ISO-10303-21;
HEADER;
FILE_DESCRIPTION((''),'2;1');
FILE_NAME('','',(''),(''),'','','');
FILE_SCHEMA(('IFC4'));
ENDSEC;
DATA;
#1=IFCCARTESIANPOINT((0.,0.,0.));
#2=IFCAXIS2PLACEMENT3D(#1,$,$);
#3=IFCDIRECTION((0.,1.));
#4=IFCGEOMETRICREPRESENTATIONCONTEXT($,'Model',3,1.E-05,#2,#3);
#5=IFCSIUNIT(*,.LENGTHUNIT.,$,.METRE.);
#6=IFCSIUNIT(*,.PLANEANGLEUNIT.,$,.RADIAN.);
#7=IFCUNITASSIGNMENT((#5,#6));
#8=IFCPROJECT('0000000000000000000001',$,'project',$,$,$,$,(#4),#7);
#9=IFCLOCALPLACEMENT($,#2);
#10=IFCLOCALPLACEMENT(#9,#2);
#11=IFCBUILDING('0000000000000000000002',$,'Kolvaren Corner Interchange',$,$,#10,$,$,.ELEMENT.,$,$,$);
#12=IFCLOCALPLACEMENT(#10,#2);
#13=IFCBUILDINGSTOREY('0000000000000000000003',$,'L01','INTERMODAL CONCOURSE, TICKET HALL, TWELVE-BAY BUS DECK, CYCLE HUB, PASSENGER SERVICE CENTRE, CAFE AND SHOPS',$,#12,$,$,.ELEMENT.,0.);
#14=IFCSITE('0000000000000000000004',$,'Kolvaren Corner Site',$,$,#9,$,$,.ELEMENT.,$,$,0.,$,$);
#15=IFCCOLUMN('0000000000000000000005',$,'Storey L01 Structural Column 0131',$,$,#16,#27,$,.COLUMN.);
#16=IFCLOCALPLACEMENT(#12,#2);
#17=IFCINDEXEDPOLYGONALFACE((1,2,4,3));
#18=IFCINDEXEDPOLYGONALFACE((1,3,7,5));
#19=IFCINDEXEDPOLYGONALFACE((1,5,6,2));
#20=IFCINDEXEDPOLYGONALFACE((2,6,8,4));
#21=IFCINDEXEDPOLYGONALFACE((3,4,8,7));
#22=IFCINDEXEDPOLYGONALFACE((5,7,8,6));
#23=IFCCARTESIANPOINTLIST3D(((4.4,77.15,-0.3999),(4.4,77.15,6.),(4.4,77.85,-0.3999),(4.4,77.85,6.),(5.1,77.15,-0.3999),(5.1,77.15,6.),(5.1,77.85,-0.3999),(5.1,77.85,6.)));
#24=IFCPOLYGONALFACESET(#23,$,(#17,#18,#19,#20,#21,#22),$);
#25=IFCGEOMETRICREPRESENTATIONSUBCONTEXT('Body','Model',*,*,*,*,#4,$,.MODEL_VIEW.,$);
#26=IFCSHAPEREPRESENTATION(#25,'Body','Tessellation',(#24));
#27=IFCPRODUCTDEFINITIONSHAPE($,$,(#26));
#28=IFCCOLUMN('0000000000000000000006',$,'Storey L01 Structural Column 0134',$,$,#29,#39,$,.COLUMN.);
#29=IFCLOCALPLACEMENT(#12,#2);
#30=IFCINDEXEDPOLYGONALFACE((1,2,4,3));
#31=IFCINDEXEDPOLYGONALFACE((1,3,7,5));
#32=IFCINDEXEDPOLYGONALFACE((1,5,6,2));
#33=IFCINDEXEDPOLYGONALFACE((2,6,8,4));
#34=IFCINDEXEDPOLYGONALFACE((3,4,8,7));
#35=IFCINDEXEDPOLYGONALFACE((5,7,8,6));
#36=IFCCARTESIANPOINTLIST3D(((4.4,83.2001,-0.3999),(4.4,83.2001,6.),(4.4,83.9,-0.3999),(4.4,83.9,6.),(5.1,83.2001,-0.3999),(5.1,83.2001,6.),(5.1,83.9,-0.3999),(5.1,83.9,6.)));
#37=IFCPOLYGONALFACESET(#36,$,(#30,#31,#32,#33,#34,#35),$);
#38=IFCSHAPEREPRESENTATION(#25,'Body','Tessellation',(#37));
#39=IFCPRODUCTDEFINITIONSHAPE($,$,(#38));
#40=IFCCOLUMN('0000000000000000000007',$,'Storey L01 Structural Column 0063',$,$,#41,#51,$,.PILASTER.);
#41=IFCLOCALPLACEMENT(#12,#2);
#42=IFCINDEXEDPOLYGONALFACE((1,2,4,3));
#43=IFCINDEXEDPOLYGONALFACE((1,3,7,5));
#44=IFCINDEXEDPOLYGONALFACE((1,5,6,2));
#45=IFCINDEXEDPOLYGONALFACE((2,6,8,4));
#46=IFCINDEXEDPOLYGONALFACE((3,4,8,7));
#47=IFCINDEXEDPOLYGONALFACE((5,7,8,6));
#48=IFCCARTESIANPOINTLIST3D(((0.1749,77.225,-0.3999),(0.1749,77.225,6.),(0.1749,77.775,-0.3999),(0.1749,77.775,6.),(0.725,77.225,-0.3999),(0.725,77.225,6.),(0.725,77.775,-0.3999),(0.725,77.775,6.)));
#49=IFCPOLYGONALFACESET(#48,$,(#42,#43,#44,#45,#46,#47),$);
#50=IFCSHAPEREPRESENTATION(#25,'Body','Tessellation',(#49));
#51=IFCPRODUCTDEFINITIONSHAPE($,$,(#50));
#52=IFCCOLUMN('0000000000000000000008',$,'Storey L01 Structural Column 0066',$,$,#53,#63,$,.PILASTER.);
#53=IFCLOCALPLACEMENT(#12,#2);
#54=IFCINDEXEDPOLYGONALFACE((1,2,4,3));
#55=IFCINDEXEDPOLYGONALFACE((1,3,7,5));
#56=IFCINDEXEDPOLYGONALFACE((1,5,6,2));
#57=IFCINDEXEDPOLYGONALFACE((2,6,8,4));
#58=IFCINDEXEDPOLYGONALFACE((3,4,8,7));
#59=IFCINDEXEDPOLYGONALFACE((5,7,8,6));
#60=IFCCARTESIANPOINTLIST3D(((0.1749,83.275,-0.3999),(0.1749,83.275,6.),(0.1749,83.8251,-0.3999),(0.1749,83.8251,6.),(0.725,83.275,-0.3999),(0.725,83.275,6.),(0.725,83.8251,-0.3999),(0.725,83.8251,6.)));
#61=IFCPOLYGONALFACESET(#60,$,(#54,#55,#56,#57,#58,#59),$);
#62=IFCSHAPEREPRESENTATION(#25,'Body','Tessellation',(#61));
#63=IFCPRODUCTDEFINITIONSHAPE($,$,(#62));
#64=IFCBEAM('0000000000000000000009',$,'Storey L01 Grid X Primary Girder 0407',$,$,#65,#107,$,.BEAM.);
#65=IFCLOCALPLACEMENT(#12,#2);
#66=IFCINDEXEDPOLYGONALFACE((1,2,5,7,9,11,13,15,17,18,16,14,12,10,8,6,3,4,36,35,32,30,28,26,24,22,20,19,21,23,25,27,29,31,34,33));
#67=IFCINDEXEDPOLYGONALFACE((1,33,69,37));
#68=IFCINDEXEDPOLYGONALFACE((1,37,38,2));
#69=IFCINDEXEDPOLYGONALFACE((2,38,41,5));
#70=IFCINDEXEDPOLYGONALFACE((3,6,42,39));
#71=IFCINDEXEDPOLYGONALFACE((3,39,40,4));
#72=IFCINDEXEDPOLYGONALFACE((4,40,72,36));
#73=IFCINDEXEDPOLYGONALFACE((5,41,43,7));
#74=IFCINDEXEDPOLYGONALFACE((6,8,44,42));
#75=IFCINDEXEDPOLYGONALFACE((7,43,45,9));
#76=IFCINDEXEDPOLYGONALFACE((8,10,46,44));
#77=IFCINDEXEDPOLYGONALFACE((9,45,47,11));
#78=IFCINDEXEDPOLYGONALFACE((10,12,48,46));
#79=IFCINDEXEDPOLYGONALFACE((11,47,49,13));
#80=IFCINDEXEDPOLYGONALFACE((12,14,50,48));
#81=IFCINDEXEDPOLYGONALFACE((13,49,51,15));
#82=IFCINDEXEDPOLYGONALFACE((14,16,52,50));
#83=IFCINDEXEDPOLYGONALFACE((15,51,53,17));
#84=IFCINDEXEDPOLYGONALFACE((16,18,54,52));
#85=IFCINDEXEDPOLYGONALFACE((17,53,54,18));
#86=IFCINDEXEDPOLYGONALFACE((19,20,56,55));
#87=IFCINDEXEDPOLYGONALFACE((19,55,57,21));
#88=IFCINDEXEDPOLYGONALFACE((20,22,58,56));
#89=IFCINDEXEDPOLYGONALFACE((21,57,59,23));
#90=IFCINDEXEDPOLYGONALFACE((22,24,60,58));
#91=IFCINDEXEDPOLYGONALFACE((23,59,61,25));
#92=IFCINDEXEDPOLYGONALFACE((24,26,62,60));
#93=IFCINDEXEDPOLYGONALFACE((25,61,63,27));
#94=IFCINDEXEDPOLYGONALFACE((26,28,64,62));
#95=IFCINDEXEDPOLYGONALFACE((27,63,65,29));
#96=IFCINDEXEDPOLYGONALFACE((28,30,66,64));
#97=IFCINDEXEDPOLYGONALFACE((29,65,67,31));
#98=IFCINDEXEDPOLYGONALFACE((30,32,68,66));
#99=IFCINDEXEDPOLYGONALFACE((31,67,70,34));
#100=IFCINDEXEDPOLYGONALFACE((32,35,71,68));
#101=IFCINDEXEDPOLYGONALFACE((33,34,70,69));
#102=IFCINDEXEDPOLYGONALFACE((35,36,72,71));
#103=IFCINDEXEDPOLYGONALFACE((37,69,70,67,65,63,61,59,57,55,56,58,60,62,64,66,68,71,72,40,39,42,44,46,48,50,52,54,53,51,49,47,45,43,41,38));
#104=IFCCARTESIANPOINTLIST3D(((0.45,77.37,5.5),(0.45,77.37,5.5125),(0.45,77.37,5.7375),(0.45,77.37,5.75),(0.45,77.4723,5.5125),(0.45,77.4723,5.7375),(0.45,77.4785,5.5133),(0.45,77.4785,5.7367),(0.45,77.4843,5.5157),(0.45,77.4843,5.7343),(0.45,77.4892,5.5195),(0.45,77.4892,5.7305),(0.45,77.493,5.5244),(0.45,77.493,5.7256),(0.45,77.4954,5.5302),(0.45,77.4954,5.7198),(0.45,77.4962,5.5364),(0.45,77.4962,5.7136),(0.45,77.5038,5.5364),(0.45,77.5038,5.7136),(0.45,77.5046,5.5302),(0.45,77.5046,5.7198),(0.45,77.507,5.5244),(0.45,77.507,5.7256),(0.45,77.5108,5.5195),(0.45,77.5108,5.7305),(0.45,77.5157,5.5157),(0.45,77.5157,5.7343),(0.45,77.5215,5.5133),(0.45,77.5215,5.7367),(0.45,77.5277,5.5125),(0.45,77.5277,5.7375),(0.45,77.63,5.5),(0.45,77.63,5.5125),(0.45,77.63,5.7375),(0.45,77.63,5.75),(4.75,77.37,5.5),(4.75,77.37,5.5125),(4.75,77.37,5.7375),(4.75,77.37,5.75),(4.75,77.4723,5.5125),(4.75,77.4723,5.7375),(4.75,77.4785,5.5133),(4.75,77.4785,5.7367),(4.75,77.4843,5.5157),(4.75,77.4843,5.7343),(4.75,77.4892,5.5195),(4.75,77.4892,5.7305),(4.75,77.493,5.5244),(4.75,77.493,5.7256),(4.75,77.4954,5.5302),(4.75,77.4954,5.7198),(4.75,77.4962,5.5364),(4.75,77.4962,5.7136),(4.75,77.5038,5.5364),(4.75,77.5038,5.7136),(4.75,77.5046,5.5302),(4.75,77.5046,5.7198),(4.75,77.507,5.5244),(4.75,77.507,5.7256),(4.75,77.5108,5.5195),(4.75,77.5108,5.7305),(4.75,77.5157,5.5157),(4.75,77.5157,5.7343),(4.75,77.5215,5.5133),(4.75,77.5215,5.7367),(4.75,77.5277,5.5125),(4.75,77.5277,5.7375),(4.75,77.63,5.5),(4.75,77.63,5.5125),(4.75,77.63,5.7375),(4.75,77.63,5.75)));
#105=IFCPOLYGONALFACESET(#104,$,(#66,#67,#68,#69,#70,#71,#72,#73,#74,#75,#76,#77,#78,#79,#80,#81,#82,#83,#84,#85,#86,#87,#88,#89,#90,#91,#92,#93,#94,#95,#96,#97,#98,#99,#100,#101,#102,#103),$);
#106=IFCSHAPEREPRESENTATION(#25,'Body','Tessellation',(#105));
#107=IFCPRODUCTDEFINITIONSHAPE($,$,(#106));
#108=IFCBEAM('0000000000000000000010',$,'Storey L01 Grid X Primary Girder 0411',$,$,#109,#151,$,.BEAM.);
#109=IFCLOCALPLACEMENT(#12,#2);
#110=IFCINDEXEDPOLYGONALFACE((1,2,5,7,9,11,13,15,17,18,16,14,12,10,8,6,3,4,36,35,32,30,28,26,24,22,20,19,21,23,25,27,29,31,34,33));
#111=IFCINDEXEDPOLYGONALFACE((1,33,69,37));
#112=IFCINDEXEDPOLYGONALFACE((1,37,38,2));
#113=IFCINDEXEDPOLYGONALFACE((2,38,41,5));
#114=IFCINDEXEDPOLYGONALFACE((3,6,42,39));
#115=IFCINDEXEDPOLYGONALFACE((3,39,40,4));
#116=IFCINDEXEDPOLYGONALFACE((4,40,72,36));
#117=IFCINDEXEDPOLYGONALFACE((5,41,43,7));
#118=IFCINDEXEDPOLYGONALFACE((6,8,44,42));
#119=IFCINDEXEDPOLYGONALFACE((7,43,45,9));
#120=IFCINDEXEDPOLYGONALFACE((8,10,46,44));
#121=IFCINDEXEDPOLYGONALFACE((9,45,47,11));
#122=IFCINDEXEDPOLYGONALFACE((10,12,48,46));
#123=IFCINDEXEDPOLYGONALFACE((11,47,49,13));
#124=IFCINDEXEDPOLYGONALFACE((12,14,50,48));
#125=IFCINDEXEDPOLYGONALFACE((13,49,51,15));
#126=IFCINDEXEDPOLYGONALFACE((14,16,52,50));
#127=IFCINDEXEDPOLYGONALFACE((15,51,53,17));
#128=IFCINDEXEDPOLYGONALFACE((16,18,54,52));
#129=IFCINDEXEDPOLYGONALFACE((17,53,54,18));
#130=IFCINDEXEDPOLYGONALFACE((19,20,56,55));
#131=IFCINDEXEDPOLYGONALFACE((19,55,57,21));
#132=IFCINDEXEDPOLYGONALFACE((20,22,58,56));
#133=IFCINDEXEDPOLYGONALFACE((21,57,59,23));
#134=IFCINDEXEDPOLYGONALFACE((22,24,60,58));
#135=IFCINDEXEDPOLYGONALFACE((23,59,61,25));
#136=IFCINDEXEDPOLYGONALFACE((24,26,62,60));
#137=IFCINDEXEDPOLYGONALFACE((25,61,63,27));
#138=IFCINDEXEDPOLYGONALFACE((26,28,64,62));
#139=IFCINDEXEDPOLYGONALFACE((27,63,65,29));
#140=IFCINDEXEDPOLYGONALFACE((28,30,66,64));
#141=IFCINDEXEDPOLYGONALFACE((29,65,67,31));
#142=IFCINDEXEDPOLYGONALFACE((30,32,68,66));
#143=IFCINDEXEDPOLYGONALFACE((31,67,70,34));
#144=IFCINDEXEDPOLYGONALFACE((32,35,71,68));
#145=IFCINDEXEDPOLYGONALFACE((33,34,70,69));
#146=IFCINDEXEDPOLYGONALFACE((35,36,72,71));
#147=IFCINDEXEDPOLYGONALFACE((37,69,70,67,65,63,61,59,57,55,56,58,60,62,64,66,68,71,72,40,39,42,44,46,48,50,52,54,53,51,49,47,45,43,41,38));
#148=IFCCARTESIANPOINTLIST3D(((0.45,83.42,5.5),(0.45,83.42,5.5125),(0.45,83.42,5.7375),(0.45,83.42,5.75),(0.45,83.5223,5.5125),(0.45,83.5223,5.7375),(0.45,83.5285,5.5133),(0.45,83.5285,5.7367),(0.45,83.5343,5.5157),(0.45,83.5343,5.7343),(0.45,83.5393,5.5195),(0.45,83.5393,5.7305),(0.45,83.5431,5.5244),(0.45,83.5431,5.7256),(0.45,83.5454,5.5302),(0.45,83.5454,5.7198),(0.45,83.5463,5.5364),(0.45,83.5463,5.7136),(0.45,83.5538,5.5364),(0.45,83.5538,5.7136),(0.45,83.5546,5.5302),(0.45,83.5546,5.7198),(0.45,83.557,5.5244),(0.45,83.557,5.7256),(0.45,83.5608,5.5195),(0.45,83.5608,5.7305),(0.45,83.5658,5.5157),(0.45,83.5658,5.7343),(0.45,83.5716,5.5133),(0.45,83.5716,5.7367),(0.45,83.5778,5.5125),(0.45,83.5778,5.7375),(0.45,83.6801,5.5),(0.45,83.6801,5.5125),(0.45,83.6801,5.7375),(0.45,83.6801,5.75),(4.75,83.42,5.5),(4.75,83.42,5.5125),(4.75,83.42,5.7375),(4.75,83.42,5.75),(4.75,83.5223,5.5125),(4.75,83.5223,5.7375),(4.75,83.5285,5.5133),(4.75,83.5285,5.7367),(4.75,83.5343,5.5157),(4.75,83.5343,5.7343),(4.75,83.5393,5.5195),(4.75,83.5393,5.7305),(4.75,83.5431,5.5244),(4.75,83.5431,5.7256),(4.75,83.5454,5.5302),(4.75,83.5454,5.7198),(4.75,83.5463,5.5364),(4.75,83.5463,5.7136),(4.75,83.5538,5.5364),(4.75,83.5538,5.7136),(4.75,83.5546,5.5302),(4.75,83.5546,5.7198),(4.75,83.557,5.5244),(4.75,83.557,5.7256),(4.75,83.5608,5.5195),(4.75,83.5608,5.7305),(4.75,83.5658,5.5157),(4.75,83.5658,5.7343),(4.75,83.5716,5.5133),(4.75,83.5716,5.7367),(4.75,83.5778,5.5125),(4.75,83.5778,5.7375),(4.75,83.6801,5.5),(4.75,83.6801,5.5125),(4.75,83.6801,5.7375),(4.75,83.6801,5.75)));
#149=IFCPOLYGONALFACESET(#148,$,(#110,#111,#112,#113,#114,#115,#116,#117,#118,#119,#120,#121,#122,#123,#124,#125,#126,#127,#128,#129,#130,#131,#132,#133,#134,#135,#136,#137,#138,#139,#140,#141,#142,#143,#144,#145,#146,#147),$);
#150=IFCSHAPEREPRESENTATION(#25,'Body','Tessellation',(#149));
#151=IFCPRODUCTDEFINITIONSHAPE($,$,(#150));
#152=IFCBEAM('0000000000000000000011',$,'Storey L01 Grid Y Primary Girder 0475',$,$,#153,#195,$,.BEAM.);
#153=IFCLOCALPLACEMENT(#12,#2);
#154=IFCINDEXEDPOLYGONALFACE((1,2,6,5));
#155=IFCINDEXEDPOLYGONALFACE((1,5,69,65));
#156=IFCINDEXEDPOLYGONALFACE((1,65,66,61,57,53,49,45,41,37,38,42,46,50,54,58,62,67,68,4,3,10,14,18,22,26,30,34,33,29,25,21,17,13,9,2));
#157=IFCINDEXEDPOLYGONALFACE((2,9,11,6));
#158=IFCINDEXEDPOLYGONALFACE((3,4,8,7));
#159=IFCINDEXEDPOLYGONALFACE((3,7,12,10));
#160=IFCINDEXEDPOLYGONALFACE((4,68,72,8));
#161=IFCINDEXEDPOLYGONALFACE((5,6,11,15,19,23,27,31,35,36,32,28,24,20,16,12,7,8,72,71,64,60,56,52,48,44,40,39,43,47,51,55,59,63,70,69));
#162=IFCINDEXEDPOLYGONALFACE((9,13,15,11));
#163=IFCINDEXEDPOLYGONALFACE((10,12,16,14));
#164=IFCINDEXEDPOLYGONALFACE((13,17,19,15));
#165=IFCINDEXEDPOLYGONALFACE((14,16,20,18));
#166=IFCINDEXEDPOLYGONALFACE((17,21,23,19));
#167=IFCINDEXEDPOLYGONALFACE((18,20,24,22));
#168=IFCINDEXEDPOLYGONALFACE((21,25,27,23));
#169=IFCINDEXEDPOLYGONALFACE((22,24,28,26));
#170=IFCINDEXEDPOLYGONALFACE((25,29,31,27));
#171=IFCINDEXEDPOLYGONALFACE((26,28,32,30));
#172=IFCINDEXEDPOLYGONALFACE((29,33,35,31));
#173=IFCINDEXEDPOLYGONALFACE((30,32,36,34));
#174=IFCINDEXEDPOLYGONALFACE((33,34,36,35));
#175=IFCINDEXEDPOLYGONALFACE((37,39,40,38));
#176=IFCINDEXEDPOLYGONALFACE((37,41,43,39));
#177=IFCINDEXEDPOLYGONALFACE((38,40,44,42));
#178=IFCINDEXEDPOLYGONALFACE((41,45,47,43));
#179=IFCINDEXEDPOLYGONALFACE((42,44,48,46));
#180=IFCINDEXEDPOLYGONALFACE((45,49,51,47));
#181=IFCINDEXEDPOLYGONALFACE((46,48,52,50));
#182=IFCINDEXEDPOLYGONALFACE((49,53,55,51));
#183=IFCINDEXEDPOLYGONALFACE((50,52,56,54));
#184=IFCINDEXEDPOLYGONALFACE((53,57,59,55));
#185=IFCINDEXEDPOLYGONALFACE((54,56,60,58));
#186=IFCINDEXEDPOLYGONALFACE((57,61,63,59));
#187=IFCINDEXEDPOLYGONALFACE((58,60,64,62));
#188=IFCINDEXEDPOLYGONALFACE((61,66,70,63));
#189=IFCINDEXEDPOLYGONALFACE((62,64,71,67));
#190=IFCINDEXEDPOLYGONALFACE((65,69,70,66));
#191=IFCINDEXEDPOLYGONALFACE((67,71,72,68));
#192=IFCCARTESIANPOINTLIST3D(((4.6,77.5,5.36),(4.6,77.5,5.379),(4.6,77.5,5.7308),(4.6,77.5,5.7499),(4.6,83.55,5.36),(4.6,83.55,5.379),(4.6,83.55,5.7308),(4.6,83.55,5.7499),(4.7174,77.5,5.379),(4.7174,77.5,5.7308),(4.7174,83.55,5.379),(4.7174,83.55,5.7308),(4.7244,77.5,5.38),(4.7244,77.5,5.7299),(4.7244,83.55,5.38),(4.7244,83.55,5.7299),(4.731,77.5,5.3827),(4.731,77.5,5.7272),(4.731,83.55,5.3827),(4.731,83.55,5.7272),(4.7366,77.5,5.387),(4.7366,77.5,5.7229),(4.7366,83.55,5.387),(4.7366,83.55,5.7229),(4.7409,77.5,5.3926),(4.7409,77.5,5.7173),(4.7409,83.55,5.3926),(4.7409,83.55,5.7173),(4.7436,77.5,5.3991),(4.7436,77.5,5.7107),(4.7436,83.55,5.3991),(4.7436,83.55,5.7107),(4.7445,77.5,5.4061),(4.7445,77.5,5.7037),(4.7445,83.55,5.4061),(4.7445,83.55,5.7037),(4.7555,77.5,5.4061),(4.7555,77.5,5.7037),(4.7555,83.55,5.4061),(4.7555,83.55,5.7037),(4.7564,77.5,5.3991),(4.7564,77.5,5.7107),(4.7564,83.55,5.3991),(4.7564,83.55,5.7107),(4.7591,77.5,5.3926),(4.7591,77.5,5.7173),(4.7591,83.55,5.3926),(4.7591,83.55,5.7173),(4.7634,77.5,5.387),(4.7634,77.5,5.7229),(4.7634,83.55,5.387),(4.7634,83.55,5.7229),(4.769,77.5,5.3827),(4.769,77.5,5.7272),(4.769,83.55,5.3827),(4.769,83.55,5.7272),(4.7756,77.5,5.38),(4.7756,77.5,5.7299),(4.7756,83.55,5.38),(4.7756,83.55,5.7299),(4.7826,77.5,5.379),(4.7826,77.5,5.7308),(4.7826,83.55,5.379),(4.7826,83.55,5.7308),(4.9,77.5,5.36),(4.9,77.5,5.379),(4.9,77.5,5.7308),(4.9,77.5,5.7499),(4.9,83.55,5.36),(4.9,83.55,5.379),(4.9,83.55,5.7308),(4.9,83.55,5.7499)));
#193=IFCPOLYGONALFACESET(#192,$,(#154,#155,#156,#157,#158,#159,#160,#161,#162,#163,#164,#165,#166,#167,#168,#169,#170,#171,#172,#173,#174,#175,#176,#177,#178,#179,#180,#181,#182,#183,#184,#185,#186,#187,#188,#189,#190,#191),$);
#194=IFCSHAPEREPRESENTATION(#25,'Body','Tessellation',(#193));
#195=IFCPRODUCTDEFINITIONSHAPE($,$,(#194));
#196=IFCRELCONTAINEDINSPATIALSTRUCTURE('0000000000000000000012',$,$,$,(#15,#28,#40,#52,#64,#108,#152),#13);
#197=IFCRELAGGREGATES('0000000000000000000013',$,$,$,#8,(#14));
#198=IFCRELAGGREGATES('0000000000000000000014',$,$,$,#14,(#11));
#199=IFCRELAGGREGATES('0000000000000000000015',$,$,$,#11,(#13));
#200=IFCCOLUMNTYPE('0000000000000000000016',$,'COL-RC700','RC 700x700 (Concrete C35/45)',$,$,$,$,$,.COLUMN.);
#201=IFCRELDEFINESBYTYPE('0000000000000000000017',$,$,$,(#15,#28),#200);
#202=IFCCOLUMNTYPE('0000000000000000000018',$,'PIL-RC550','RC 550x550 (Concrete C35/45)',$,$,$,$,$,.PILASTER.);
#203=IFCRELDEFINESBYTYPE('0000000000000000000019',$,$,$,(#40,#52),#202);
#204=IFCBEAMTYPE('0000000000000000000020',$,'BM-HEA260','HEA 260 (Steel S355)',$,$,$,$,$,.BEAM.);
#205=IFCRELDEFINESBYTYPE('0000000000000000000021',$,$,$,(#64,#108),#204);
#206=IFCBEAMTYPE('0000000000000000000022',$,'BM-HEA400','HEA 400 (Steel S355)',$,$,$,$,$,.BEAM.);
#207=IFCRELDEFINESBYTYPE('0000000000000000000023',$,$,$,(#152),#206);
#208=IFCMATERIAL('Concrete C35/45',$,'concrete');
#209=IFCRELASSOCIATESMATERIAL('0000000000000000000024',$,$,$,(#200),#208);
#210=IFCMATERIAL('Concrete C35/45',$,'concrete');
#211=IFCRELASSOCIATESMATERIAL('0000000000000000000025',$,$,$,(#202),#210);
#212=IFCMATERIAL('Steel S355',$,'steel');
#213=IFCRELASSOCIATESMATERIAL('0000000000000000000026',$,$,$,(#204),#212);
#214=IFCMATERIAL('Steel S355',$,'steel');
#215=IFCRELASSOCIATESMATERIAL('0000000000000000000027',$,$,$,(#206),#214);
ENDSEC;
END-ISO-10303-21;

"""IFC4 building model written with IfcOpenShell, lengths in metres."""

from ifc_helpers import new_model, si_unit, direction, frame, origin, origin_2d, place, context, subcontext, project, spatial, rectangle, i_section, extrude, material, material_profile, profile_set, type_object, element, save


model = new_model("IFC4")

# Units and contexts
model_context = context("Model", 3, precision=1e-05, world=origin(), true_north=direction((0.0, 1.0)))
body_context = subcontext(model_context, "Body", "Model", "MODEL_VIEW")
ifc_project = project(units=[si_unit("LENGTHUNIT", "METRE"), si_unit("PLANEANGLEUNIT", "RADIAN")], contexts=[model_context])

# Site, building, storey
site_placement = place(None, origin())
site = spatial("IfcSite", under=ifc_project, at=site_placement, Name="Kolvaren Corner Site", CompositionType="ELEMENT", RefElevation=0.0)
building_placement = place(site_placement, origin())
building = spatial("IfcBuilding", under=site, at=building_placement, Name="Kolvaren Corner Interchange", CompositionType="ELEMENT")
storey_placement = place(building_placement, origin())
storey = spatial("IfcBuildingStorey", under=building, at=storey_placement, Name="L01", Description="INTERMODAL CONCOURSE, TICKET HALL, TWELVE-BAY BUS DECK, CYCLE HUB, PASSENGER SERVICE CENTRE, CAFE AND SHOPS", CompositionType="ELEMENT", Elevation=0.0)

# Columns
ifc_material_1 = material(Name="Concrete C35/45", Category="concrete")
ifc_material_profile_1 = material_profile(ifc_material_1, rectangle(XDim=0.7, YDim=0.7, at=origin_2d()), Name="RC 700x700")
ifc_profile_set_1 = profile_set([ifc_material_profile_1], Name="Concrete C35/45")
column_type_1 = type_object("IfcColumnType", Name="COL-RC700", Description="RC 700x700 (Concrete C35/45)", PredefinedType="COLUMN", material=ifc_profile_set_1)
for number, where, z_axis, x_axis, name in (
    (1, (4.75, 77.5, -0.3999), (0.0, 0.0, 1.0), (1.0, 0.0, 0.0), "Storey L01 Structural Column 0131"),
    (2, (4.75, 83.55, -0.3999), (0.0, 0.0, 1.0), (1.0, 0.0, 0.0), "Storey L01 Structural Column 0134"),
):
    element("IfcColumn", number, at=place(storey_placement, frame(where, z_axis=z_axis, x_axis=x_axis)), inside=storey, type_object=column_type_1, Name=name, PredefinedType="COLUMN", context=body_context, shape_type="SweptSolid", body=[
        extrude(rectangle(XDim=0.7, YDim=0.7, at=origin_2d()), origin(), (0.0, 0.0, 1.0), 6.3999),
    ])
ifc_material_2 = material(Name="Concrete C35/45", Category="concrete")
ifc_material_profile_2 = material_profile(ifc_material_2, rectangle(XDim=0.55, YDim=0.55, at=origin_2d()), Name="RC 550x550")
ifc_profile_set_2 = profile_set([ifc_material_profile_2], Name="Concrete C35/45")
column_type_2 = type_object("IfcColumnType", Name="PIL-RC550", Description="RC 550x550 (Concrete C35/45)", PredefinedType="PILASTER", material=ifc_profile_set_2)
for number, where, z_axis, x_axis, name in (
    (3, (0.45, 77.5, -0.3999), (0.0, 0.0, 1.0), (1.0, 0.0, 0.0), "Storey L01 Structural Column 0063"),
    (4, (0.45, 83.55, -0.3999), (0.0, 0.0, 1.0), (1.0, 0.0, 0.0), "Storey L01 Structural Column 0066"),
):
    element("IfcColumn", number, at=place(storey_placement, frame(where, z_axis=z_axis, x_axis=x_axis)), inside=storey, type_object=column_type_2, Name=name, PredefinedType="PILASTER", context=body_context, shape_type="SweptSolid", body=[
        extrude(rectangle(XDim=0.55, YDim=0.55, at=origin_2d()), origin(), (0.0, 0.0, 1.0), 6.3999),
    ])

# Beams
ifc_material_3 = material(Name="Steel S355", Category="steel")
ifc_material_profile_3 = material_profile(ifc_material_3, i_section(OverallWidth=0.26, OverallDepth=0.25, WebThickness=0.0076, FlangeThickness=0.0125, FilletRadius=0.0239, at=origin_2d()), Name="HEA 260")
ifc_profile_set_3 = profile_set([ifc_material_profile_3], Name="Steel S355")
beam_type_1 = type_object("IfcBeamType", Name="BM-HEA260", Description="HEA 260 (Steel S355)", PredefinedType="BEAM", material=ifc_profile_set_3)
for number, where, z_axis, x_axis, name in (
    (5, (0.45, 77.5, 5.625), (1.0, 0.0, 0.0), (0.0, 1.0, 0.0), "Storey L01 Grid X Primary Girder 0407"),
    (6, (0.45, 83.55, 5.625), (1.0, 0.0, 0.0), (0.0, 1.0, 0.0), "Storey L01 Grid X Primary Girder 0411"),
):
    element("IfcBeam", number, at=place(storey_placement, frame(where, z_axis=z_axis, x_axis=x_axis)), inside=storey, type_object=beam_type_1, Name=name, PredefinedType="BEAM", context=body_context, shape_type="SweptSolid", body=[
        extrude(i_section(OverallWidth=0.26, OverallDepth=0.25, WebThickness=0.0076, FlangeThickness=0.0125, FilletRadius=0.0239, at=origin_2d()), origin(), (0.0, 0.0, 1.0), 4.3),
    ])
ifc_material_4 = material(Name="Steel S355", Category="steel")
ifc_material_profile_4 = material_profile(ifc_material_4, i_section(OverallWidth=0.3, OverallDepth=0.3899, WebThickness=0.011, FlangeThickness=0.019, FilletRadius=0.0271, at=origin_2d()), Name="HEA 400")
ifc_profile_set_4 = profile_set([ifc_material_profile_4], Name="Steel S355")
beam_type_2 = type_object("IfcBeamType", Name="BM-HEA400", Description="HEA 400 (Steel S355)", PredefinedType="BEAM", material=ifc_profile_set_4)
beam_1_placement = place(storey_placement, frame((4.75, 77.5, 5.5549), z_axis=(0.0, 1.0, 0.0), x_axis=(-1.0, 0.0, 0.0)))
element("IfcBeam", 7, at=beam_1_placement, inside=storey, type_object=beam_type_2, Name="Storey L01 Grid Y Primary Girder 0475", PredefinedType="BEAM", context=body_context, shape_type="SweptSolid", body=[
    extrude(i_section(OverallWidth=0.3, OverallDepth=0.3899, WebThickness=0.011, FlangeThickness=0.019, FilletRadius=0.0271, at=origin_2d()), origin(), (0.0, 0.0, 1.0), 6.05),
])

save(model, "model.ifc")
